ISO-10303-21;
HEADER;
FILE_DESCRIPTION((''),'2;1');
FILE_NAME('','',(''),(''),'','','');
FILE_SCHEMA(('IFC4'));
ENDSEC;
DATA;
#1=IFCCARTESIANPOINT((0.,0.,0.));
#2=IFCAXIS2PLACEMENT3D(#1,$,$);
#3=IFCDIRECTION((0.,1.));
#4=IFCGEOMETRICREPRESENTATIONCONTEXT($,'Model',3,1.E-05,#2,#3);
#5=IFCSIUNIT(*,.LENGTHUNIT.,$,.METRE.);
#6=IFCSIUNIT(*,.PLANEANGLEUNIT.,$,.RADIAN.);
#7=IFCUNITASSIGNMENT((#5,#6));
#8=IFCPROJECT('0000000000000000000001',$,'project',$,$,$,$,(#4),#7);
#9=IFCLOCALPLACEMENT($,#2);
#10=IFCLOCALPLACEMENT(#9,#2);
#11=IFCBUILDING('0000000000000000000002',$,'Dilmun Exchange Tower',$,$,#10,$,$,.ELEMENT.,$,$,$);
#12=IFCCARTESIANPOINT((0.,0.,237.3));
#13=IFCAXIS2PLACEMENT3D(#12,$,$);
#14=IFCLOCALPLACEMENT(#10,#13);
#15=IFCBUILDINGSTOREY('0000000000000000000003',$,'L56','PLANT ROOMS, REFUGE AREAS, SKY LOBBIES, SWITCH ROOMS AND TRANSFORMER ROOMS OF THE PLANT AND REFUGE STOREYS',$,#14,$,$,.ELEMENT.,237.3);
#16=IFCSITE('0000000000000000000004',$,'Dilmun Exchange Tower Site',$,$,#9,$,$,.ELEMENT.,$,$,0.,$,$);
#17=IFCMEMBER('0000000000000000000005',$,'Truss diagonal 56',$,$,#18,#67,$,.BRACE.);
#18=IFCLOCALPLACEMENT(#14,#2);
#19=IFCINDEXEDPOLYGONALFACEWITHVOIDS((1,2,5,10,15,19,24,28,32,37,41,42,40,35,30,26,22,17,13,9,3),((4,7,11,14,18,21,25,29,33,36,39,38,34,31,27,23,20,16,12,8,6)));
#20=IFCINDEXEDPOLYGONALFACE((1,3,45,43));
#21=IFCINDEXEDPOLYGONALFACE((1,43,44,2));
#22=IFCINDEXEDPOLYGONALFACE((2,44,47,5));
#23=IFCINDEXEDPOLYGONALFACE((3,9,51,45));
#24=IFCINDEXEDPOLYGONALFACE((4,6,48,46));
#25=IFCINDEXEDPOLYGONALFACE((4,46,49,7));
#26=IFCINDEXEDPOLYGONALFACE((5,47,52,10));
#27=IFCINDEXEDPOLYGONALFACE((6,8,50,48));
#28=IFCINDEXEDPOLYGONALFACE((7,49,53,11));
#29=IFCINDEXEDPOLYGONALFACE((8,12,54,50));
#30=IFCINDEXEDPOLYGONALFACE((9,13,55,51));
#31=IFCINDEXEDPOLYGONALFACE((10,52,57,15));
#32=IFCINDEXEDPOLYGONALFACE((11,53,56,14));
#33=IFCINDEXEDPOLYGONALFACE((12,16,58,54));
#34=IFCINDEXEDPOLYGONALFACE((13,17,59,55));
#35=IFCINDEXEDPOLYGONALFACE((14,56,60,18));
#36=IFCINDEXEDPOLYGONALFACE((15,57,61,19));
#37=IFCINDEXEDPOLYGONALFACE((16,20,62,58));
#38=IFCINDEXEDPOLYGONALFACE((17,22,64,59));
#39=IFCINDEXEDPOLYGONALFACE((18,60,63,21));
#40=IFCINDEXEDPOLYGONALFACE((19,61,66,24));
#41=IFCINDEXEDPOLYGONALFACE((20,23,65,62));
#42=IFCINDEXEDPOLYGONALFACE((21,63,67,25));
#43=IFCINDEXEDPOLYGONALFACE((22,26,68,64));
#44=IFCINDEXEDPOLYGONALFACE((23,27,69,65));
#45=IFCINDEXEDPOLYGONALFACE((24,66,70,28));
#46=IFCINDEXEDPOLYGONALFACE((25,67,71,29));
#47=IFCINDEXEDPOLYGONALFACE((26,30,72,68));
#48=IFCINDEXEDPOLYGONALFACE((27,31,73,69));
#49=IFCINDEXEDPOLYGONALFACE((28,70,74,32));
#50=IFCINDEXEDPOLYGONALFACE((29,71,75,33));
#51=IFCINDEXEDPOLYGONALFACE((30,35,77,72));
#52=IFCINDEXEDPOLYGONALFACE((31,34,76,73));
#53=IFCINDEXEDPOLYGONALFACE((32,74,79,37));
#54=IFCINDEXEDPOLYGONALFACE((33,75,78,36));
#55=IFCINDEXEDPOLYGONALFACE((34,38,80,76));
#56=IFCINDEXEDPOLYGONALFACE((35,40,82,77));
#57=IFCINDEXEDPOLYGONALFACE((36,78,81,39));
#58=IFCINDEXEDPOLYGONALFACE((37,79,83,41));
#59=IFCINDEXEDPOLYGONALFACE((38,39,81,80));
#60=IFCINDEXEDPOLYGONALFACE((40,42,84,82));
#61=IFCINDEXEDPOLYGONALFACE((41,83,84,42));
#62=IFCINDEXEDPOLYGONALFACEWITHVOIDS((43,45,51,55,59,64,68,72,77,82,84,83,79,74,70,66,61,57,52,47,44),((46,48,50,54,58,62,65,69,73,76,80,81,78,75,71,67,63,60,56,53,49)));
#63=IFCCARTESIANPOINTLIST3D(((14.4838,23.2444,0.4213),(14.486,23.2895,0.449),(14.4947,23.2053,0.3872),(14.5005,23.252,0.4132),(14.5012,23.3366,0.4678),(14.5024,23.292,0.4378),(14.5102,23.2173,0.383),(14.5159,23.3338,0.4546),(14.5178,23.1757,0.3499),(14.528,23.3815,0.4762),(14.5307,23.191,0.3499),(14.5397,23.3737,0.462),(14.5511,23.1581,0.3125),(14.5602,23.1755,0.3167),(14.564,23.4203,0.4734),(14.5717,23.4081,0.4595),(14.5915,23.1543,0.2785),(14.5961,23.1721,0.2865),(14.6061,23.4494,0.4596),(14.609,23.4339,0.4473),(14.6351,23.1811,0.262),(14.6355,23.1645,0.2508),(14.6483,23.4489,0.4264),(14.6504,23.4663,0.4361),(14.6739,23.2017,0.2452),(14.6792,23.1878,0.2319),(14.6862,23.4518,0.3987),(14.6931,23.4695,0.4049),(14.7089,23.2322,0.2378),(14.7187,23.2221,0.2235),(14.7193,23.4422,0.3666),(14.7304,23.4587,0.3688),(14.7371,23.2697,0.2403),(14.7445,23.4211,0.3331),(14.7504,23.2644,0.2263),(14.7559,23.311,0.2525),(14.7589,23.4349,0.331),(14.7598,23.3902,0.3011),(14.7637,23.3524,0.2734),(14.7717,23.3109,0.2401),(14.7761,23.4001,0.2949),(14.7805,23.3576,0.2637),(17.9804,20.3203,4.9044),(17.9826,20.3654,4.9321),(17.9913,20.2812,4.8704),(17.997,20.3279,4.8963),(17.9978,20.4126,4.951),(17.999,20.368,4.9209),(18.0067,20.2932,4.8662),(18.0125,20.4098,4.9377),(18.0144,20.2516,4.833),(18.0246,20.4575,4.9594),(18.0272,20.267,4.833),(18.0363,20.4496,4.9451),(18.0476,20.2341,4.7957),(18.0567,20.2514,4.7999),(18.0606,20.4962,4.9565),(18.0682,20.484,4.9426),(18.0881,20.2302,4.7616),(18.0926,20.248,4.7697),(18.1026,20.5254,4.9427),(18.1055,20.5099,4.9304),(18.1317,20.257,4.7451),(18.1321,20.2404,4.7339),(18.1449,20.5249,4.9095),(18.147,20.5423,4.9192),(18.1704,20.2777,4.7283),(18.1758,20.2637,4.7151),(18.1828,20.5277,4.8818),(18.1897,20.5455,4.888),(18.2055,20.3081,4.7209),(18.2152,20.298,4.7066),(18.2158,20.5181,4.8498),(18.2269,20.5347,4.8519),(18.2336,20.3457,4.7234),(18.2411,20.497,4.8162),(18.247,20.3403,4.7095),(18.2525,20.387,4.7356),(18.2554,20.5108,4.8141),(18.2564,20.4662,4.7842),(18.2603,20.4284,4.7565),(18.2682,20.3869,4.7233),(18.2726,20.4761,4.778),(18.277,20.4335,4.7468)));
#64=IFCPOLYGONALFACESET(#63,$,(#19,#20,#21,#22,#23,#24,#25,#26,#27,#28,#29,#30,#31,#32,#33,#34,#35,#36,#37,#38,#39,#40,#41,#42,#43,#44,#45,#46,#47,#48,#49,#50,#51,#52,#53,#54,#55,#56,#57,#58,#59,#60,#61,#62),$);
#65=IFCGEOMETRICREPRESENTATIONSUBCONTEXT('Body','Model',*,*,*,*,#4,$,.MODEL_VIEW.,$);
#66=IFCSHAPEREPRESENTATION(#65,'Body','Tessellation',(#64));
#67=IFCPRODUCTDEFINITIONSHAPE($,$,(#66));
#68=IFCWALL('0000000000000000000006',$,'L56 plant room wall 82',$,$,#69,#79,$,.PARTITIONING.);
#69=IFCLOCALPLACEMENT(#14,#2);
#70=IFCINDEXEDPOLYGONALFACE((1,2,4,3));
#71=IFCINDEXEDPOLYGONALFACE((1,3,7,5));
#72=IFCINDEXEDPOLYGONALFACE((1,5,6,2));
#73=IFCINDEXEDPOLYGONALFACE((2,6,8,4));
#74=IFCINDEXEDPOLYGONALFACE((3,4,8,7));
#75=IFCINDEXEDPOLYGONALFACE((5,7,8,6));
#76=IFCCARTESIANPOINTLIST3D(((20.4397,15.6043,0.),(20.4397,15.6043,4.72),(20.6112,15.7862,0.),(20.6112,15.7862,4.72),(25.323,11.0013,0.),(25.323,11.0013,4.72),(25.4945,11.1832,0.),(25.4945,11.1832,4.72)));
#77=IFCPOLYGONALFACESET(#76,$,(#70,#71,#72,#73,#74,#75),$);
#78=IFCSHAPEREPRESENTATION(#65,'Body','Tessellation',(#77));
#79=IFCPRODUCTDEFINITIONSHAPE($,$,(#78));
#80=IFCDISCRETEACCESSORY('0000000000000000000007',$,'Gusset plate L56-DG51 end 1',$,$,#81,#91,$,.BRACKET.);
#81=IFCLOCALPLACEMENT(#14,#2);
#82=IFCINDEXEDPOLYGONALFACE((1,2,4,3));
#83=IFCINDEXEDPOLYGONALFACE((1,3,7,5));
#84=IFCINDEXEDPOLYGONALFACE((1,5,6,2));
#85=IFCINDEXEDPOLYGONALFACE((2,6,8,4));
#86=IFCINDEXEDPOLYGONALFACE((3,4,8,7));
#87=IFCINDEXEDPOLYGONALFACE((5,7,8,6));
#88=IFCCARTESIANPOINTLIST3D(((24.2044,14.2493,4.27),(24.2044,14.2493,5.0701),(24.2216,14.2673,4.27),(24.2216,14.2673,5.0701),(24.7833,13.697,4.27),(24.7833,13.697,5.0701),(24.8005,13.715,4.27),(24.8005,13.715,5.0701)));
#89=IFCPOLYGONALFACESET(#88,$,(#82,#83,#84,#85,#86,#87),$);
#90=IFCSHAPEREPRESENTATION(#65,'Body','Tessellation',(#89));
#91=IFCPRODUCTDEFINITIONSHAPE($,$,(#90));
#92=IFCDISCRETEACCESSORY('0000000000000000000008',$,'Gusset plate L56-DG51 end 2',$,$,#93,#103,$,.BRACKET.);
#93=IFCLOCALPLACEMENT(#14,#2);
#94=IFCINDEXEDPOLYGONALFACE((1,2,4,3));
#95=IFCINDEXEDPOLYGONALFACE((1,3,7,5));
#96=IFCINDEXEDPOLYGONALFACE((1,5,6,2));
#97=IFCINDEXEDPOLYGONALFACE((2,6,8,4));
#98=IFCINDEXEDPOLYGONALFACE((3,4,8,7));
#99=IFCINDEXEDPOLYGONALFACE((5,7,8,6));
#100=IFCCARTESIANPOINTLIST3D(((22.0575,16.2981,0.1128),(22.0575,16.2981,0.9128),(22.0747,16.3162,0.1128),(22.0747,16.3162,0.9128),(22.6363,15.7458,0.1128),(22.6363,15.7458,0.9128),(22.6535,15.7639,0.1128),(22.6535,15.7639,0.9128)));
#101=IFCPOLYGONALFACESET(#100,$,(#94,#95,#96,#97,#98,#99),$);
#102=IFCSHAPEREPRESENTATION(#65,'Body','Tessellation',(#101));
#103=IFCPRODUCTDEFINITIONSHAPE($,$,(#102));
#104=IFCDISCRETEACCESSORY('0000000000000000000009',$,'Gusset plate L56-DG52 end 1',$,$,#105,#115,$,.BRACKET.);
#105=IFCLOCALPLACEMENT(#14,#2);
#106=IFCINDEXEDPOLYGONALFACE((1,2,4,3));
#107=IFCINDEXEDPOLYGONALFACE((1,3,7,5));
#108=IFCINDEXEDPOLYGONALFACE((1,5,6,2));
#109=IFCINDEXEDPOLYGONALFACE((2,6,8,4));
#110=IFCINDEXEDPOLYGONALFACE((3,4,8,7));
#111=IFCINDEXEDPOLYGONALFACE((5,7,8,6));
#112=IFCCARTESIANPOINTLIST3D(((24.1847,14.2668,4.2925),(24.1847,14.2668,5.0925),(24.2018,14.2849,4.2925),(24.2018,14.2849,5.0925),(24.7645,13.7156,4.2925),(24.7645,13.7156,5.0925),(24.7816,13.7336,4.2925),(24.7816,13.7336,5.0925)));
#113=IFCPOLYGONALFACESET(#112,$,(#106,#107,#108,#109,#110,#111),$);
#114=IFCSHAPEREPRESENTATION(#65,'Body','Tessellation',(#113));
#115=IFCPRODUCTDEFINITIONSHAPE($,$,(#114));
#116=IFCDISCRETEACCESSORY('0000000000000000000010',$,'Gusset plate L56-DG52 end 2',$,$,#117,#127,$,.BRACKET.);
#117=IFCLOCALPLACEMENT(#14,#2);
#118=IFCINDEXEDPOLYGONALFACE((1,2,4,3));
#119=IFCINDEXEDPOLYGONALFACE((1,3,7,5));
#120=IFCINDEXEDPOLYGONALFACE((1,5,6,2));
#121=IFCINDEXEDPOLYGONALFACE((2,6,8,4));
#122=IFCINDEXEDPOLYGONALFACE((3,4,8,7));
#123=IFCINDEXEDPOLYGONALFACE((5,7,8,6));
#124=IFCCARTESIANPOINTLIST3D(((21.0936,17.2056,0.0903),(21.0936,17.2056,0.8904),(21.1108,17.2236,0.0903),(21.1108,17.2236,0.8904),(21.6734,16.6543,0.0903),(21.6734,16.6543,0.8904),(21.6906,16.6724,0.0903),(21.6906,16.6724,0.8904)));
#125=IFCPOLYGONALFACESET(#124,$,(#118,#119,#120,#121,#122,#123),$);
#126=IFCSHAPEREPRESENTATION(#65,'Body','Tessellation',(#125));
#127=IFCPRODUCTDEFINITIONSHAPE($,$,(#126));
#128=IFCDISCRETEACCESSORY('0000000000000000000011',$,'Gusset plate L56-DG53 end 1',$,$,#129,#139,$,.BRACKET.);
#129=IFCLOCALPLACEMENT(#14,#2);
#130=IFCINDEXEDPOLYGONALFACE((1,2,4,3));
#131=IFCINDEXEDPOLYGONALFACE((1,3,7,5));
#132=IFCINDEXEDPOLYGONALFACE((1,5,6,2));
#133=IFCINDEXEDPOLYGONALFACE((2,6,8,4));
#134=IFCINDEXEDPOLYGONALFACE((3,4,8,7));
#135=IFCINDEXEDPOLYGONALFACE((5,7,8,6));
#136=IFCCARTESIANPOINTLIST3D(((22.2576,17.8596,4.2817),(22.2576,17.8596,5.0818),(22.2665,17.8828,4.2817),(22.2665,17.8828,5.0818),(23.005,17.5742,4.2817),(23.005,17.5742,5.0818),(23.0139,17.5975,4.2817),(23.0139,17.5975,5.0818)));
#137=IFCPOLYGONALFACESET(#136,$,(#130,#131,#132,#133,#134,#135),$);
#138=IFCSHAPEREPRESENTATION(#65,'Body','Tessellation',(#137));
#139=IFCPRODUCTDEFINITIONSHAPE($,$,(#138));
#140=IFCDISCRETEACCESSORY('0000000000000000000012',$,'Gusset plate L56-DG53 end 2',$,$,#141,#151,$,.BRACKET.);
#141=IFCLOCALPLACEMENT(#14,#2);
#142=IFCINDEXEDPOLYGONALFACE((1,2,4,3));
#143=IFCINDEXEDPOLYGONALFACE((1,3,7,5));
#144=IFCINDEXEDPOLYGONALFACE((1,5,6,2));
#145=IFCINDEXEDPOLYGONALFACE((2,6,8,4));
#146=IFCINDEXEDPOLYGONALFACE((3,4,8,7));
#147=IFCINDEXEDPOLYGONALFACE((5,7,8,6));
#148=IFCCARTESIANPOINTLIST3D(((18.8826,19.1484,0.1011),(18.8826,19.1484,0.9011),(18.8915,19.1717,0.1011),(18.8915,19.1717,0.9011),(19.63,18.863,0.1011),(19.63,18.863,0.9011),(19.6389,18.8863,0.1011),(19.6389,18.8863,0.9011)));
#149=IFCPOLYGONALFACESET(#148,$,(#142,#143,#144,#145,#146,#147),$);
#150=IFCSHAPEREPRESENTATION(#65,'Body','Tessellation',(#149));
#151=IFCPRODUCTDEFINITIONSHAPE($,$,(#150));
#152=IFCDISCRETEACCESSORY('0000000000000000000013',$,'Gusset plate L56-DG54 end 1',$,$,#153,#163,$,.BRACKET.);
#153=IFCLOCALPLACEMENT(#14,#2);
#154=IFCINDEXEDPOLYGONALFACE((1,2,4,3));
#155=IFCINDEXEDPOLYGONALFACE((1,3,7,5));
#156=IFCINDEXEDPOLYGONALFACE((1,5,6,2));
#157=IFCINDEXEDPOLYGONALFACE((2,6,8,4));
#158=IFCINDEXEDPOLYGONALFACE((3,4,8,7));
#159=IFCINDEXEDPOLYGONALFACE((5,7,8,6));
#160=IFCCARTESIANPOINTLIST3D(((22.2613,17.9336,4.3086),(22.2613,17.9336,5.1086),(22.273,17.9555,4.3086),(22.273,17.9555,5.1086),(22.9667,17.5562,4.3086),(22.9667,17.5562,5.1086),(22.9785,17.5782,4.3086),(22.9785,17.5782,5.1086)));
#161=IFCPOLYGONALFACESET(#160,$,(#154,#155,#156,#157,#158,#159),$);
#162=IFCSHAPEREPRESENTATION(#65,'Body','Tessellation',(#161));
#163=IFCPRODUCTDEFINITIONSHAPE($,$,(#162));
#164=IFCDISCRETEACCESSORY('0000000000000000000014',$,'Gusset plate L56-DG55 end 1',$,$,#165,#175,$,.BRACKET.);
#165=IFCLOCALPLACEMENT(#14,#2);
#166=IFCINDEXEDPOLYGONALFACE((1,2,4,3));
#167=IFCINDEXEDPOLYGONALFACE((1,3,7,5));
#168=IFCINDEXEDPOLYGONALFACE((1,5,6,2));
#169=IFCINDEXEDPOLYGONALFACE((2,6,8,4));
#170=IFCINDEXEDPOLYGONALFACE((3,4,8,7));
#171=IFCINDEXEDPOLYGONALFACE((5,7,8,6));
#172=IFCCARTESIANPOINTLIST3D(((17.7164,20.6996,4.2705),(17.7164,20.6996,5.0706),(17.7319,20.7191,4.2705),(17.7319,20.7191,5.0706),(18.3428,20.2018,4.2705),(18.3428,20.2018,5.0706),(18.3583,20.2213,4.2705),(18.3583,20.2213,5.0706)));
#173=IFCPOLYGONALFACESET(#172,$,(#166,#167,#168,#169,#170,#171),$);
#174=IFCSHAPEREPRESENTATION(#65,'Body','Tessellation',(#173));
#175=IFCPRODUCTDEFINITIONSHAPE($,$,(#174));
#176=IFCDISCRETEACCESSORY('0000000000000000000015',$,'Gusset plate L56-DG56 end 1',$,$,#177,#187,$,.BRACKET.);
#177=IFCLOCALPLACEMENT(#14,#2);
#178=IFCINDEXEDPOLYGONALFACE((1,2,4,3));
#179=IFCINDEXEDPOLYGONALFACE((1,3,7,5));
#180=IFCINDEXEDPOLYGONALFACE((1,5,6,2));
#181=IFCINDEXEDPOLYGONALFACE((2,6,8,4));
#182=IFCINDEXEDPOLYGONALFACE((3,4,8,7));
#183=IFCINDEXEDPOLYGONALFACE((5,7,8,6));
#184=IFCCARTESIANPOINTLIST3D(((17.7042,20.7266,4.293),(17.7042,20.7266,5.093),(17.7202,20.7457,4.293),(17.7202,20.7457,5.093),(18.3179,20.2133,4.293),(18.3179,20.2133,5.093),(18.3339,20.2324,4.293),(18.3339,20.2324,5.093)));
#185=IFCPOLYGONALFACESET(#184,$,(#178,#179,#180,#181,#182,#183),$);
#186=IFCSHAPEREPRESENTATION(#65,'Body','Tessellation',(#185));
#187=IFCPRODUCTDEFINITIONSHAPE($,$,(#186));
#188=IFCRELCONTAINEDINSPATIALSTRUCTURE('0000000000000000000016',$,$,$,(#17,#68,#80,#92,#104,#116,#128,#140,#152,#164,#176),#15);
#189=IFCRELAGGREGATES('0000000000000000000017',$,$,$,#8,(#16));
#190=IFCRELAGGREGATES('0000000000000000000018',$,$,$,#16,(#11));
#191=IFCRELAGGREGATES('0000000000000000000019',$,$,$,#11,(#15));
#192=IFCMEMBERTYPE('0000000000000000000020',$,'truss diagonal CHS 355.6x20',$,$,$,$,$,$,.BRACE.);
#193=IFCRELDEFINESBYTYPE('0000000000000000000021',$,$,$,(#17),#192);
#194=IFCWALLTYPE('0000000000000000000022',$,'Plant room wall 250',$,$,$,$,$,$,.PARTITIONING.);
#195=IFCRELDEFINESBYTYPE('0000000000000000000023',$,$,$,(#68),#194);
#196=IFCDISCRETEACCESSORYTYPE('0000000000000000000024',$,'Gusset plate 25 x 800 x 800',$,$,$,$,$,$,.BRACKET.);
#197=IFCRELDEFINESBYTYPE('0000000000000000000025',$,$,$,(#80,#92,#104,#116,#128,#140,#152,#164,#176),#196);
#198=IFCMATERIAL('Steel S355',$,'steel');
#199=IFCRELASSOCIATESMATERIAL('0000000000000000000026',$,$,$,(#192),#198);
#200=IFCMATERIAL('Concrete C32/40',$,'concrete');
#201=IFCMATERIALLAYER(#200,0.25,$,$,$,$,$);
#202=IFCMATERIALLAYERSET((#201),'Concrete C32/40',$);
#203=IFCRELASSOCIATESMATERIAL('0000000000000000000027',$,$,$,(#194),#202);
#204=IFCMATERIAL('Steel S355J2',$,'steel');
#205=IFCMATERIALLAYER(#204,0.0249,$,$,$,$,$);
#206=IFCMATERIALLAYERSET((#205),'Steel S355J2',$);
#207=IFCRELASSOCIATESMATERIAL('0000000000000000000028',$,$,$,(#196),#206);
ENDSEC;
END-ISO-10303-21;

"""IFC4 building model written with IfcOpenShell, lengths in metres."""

from ifc_helpers import new_model, si_unit, direction, frame, frame_2d, origin, origin_2d, place, context, subcontext, project, spatial, rectangle, hollow_circle, extrude, material, layer, layer_set, material_profile, profile_set, type_object, element, save


model = new_model("IFC4")

# Units and contexts
model_context = context("Model", 3, precision=1e-05, world=origin(), true_north=direction((0.0, 1.0)))
body_context = subcontext(model_context, "Body", "Model", "MODEL_VIEW")
ifc_project = project(units=[si_unit("LENGTHUNIT", "METRE"), si_unit("PLANEANGLEUNIT", "RADIAN")], contexts=[model_context])

# Site, building, storey
site_placement = place(None, origin())
site = spatial("IfcSite", under=ifc_project, at=site_placement, Name="Dilmun Exchange Tower Site", CompositionType="ELEMENT", RefElevation=0.0)
building_placement = place(site_placement, origin())
building = spatial("IfcBuilding", under=site, at=building_placement, Name="Dilmun Exchange Tower", CompositionType="ELEMENT")
storey_placement = place(building_placement, frame((0.0, 0.0, 237.3)))
storey = spatial("IfcBuildingStorey", under=building, at=storey_placement, Name="L56", Description="PLANT ROOMS, REFUGE AREAS, SKY LOBBIES, SWITCH ROOMS AND TRANSFORMER ROOMS OF THE PLANT AND REFUGE STOREYS", CompositionType="ELEMENT", Elevation=237.3)

# Shared definitions
ifc_material_1 = material(Name="Steel S355", Category="steel")

# Member
ifc_material_profile_1 = material_profile(ifc_material_1, hollow_circle(Radius=0.1777, WallThickness=0.02, at=origin_2d()), Name="CHS 355.6x20")
ifc_profile_set_1 = profile_set([ifc_material_profile_1], Name="Steel S355")
member_type = type_object("IfcMemberType", Name="truss diagonal CHS 355.6x20", PredefinedType="BRACE", material=ifc_profile_set_1)
member_1_placement = place(storey_placement, frame((18.1284, 20.3879, 4.833), z_axis=(-0.546909, 0.457361, -0.701221), x_axis=(-0.641511, -0.767114, 0.0)))
element("IfcMember", 1, at=member_1_placement, inside=storey, type_object=member_type, Name="Truss diagonal 56", PredefinedType="BRACE", context=body_context, shape_type="SweptSolid", body=[
    extrude(hollow_circle(Radius=0.1777, WallThickness=0.02, at=origin_2d()), origin(), (0.0, 0.0, 1.0), 6.3933),
])

# Wall
ifc_material_2 = material(Name="Concrete C32/40", Category="concrete")
ifc_layer_1 = layer(ifc_material_2, 0.25)
ifc_layer_set_1 = layer_set([ifc_layer_1], Name="Concrete C32/40")
wall_type = type_object("IfcWallType", Name="Plant room wall 250", PredefinedType="PARTITIONING", material=ifc_layer_set_1)
wall_placement = place(storey_placement, frame((20.5254, 15.6953, 0.0), z_axis=(0.0, 0.0, 1.0), x_axis=(0.727681, -0.685916, 0.0)))
element("IfcWall", 2, at=wall_placement, inside=storey, type_object=wall_type, Name="L56 plant room wall 82", PredefinedType="PARTITIONING", context=body_context, shape_type="SweptSolid", body=[
    extrude(rectangle(XDim=6.7107, YDim=0.25, at=frame_2d((3.3555, 0.0))), origin(), (0.0, 0.0, 1.0), 4.72),
])

# Discrete accessories
ifc_material_3 = material(Name="Steel S355J2", Category="steel")
ifc_layer_2 = layer(ifc_material_3, 0.0249)
ifc_layer_set_2 = layer_set([ifc_layer_2], Name="Steel S355J2")
discrete_accessory_type = type_object("IfcDiscreteAccessoryType", Name="Gusset plate 25 x 800 x 800", PredefinedType="BRACKET", material=ifc_layer_set_2)
for number, where, z_axis, x_axis, name in (
    (3, (24.5024, 13.9822, 4.27), (0.0, 0.0, 1.0), (-0.72349, 0.690335, 0.0), "Gusset plate L56-DG51 end 1"),
    (4, (22.3555, 16.031, 0.1128), (0.0, 0.0, 1.0), (-0.72349, 0.690335, 0.0), "Gusset plate L56-DG51 end 2"),
    (5, (24.4832, 14.0002, 4.2925), (0.0, 0.0, 1.0), (-0.724739, 0.689024, 0.0), "Gusset plate L56-DG52 end 1"),
    (6, (21.3921, 16.939, 0.0903), (0.0, 0.0, 1.0), (-0.724739, 0.689024, 0.0), "Gusset plate L56-DG52 end 2"),
    (7, (22.6357, 17.7285, 4.2817), (0.0, 0.0, 1.0), (-0.934218, 0.356704, 0.0), "Gusset plate L56-DG53 end 1"),
    (8, (19.2607, 19.0173, 0.1011), (0.0, 0.0, 1.0), (-0.934218, 0.356704, 0.0), "Gusset plate L56-DG53 end 2"),
    (9, (22.6199, 17.7559, 4.3086), (0.0, 0.0, 1.0), (-0.881769, 0.471681, 0.0), "Gusset plate L56-DG54 end 1"),
    (10, (18.0374, 20.4604, 4.2705), (0.0, 0.0, 1.0), (-0.782921, 0.622121, 0.0), "Gusset plate L56-DG55 end 1"),
    (11, (18.019, 20.4795, 4.293), (0.0, 0.0, 1.0), (-0.767134, 0.641487, 0.0), "Gusset plate L56-DG56 end 1"),
):
    element("IfcDiscreteAccessory", number, at=place(storey_placement, frame(where, z_axis=z_axis, x_axis=x_axis)), inside=storey, type_object=discrete_accessory_type, Name=name, PredefinedType="BRACKET", context=body_context, shape_type="SweptSolid", body=[
        extrude(rectangle(XDim=0.8, YDim=0.0249, at=origin_2d()), origin(), (0.0, 0.0, 1.0), 0.8),
    ])

save(model, "model.ifc")
